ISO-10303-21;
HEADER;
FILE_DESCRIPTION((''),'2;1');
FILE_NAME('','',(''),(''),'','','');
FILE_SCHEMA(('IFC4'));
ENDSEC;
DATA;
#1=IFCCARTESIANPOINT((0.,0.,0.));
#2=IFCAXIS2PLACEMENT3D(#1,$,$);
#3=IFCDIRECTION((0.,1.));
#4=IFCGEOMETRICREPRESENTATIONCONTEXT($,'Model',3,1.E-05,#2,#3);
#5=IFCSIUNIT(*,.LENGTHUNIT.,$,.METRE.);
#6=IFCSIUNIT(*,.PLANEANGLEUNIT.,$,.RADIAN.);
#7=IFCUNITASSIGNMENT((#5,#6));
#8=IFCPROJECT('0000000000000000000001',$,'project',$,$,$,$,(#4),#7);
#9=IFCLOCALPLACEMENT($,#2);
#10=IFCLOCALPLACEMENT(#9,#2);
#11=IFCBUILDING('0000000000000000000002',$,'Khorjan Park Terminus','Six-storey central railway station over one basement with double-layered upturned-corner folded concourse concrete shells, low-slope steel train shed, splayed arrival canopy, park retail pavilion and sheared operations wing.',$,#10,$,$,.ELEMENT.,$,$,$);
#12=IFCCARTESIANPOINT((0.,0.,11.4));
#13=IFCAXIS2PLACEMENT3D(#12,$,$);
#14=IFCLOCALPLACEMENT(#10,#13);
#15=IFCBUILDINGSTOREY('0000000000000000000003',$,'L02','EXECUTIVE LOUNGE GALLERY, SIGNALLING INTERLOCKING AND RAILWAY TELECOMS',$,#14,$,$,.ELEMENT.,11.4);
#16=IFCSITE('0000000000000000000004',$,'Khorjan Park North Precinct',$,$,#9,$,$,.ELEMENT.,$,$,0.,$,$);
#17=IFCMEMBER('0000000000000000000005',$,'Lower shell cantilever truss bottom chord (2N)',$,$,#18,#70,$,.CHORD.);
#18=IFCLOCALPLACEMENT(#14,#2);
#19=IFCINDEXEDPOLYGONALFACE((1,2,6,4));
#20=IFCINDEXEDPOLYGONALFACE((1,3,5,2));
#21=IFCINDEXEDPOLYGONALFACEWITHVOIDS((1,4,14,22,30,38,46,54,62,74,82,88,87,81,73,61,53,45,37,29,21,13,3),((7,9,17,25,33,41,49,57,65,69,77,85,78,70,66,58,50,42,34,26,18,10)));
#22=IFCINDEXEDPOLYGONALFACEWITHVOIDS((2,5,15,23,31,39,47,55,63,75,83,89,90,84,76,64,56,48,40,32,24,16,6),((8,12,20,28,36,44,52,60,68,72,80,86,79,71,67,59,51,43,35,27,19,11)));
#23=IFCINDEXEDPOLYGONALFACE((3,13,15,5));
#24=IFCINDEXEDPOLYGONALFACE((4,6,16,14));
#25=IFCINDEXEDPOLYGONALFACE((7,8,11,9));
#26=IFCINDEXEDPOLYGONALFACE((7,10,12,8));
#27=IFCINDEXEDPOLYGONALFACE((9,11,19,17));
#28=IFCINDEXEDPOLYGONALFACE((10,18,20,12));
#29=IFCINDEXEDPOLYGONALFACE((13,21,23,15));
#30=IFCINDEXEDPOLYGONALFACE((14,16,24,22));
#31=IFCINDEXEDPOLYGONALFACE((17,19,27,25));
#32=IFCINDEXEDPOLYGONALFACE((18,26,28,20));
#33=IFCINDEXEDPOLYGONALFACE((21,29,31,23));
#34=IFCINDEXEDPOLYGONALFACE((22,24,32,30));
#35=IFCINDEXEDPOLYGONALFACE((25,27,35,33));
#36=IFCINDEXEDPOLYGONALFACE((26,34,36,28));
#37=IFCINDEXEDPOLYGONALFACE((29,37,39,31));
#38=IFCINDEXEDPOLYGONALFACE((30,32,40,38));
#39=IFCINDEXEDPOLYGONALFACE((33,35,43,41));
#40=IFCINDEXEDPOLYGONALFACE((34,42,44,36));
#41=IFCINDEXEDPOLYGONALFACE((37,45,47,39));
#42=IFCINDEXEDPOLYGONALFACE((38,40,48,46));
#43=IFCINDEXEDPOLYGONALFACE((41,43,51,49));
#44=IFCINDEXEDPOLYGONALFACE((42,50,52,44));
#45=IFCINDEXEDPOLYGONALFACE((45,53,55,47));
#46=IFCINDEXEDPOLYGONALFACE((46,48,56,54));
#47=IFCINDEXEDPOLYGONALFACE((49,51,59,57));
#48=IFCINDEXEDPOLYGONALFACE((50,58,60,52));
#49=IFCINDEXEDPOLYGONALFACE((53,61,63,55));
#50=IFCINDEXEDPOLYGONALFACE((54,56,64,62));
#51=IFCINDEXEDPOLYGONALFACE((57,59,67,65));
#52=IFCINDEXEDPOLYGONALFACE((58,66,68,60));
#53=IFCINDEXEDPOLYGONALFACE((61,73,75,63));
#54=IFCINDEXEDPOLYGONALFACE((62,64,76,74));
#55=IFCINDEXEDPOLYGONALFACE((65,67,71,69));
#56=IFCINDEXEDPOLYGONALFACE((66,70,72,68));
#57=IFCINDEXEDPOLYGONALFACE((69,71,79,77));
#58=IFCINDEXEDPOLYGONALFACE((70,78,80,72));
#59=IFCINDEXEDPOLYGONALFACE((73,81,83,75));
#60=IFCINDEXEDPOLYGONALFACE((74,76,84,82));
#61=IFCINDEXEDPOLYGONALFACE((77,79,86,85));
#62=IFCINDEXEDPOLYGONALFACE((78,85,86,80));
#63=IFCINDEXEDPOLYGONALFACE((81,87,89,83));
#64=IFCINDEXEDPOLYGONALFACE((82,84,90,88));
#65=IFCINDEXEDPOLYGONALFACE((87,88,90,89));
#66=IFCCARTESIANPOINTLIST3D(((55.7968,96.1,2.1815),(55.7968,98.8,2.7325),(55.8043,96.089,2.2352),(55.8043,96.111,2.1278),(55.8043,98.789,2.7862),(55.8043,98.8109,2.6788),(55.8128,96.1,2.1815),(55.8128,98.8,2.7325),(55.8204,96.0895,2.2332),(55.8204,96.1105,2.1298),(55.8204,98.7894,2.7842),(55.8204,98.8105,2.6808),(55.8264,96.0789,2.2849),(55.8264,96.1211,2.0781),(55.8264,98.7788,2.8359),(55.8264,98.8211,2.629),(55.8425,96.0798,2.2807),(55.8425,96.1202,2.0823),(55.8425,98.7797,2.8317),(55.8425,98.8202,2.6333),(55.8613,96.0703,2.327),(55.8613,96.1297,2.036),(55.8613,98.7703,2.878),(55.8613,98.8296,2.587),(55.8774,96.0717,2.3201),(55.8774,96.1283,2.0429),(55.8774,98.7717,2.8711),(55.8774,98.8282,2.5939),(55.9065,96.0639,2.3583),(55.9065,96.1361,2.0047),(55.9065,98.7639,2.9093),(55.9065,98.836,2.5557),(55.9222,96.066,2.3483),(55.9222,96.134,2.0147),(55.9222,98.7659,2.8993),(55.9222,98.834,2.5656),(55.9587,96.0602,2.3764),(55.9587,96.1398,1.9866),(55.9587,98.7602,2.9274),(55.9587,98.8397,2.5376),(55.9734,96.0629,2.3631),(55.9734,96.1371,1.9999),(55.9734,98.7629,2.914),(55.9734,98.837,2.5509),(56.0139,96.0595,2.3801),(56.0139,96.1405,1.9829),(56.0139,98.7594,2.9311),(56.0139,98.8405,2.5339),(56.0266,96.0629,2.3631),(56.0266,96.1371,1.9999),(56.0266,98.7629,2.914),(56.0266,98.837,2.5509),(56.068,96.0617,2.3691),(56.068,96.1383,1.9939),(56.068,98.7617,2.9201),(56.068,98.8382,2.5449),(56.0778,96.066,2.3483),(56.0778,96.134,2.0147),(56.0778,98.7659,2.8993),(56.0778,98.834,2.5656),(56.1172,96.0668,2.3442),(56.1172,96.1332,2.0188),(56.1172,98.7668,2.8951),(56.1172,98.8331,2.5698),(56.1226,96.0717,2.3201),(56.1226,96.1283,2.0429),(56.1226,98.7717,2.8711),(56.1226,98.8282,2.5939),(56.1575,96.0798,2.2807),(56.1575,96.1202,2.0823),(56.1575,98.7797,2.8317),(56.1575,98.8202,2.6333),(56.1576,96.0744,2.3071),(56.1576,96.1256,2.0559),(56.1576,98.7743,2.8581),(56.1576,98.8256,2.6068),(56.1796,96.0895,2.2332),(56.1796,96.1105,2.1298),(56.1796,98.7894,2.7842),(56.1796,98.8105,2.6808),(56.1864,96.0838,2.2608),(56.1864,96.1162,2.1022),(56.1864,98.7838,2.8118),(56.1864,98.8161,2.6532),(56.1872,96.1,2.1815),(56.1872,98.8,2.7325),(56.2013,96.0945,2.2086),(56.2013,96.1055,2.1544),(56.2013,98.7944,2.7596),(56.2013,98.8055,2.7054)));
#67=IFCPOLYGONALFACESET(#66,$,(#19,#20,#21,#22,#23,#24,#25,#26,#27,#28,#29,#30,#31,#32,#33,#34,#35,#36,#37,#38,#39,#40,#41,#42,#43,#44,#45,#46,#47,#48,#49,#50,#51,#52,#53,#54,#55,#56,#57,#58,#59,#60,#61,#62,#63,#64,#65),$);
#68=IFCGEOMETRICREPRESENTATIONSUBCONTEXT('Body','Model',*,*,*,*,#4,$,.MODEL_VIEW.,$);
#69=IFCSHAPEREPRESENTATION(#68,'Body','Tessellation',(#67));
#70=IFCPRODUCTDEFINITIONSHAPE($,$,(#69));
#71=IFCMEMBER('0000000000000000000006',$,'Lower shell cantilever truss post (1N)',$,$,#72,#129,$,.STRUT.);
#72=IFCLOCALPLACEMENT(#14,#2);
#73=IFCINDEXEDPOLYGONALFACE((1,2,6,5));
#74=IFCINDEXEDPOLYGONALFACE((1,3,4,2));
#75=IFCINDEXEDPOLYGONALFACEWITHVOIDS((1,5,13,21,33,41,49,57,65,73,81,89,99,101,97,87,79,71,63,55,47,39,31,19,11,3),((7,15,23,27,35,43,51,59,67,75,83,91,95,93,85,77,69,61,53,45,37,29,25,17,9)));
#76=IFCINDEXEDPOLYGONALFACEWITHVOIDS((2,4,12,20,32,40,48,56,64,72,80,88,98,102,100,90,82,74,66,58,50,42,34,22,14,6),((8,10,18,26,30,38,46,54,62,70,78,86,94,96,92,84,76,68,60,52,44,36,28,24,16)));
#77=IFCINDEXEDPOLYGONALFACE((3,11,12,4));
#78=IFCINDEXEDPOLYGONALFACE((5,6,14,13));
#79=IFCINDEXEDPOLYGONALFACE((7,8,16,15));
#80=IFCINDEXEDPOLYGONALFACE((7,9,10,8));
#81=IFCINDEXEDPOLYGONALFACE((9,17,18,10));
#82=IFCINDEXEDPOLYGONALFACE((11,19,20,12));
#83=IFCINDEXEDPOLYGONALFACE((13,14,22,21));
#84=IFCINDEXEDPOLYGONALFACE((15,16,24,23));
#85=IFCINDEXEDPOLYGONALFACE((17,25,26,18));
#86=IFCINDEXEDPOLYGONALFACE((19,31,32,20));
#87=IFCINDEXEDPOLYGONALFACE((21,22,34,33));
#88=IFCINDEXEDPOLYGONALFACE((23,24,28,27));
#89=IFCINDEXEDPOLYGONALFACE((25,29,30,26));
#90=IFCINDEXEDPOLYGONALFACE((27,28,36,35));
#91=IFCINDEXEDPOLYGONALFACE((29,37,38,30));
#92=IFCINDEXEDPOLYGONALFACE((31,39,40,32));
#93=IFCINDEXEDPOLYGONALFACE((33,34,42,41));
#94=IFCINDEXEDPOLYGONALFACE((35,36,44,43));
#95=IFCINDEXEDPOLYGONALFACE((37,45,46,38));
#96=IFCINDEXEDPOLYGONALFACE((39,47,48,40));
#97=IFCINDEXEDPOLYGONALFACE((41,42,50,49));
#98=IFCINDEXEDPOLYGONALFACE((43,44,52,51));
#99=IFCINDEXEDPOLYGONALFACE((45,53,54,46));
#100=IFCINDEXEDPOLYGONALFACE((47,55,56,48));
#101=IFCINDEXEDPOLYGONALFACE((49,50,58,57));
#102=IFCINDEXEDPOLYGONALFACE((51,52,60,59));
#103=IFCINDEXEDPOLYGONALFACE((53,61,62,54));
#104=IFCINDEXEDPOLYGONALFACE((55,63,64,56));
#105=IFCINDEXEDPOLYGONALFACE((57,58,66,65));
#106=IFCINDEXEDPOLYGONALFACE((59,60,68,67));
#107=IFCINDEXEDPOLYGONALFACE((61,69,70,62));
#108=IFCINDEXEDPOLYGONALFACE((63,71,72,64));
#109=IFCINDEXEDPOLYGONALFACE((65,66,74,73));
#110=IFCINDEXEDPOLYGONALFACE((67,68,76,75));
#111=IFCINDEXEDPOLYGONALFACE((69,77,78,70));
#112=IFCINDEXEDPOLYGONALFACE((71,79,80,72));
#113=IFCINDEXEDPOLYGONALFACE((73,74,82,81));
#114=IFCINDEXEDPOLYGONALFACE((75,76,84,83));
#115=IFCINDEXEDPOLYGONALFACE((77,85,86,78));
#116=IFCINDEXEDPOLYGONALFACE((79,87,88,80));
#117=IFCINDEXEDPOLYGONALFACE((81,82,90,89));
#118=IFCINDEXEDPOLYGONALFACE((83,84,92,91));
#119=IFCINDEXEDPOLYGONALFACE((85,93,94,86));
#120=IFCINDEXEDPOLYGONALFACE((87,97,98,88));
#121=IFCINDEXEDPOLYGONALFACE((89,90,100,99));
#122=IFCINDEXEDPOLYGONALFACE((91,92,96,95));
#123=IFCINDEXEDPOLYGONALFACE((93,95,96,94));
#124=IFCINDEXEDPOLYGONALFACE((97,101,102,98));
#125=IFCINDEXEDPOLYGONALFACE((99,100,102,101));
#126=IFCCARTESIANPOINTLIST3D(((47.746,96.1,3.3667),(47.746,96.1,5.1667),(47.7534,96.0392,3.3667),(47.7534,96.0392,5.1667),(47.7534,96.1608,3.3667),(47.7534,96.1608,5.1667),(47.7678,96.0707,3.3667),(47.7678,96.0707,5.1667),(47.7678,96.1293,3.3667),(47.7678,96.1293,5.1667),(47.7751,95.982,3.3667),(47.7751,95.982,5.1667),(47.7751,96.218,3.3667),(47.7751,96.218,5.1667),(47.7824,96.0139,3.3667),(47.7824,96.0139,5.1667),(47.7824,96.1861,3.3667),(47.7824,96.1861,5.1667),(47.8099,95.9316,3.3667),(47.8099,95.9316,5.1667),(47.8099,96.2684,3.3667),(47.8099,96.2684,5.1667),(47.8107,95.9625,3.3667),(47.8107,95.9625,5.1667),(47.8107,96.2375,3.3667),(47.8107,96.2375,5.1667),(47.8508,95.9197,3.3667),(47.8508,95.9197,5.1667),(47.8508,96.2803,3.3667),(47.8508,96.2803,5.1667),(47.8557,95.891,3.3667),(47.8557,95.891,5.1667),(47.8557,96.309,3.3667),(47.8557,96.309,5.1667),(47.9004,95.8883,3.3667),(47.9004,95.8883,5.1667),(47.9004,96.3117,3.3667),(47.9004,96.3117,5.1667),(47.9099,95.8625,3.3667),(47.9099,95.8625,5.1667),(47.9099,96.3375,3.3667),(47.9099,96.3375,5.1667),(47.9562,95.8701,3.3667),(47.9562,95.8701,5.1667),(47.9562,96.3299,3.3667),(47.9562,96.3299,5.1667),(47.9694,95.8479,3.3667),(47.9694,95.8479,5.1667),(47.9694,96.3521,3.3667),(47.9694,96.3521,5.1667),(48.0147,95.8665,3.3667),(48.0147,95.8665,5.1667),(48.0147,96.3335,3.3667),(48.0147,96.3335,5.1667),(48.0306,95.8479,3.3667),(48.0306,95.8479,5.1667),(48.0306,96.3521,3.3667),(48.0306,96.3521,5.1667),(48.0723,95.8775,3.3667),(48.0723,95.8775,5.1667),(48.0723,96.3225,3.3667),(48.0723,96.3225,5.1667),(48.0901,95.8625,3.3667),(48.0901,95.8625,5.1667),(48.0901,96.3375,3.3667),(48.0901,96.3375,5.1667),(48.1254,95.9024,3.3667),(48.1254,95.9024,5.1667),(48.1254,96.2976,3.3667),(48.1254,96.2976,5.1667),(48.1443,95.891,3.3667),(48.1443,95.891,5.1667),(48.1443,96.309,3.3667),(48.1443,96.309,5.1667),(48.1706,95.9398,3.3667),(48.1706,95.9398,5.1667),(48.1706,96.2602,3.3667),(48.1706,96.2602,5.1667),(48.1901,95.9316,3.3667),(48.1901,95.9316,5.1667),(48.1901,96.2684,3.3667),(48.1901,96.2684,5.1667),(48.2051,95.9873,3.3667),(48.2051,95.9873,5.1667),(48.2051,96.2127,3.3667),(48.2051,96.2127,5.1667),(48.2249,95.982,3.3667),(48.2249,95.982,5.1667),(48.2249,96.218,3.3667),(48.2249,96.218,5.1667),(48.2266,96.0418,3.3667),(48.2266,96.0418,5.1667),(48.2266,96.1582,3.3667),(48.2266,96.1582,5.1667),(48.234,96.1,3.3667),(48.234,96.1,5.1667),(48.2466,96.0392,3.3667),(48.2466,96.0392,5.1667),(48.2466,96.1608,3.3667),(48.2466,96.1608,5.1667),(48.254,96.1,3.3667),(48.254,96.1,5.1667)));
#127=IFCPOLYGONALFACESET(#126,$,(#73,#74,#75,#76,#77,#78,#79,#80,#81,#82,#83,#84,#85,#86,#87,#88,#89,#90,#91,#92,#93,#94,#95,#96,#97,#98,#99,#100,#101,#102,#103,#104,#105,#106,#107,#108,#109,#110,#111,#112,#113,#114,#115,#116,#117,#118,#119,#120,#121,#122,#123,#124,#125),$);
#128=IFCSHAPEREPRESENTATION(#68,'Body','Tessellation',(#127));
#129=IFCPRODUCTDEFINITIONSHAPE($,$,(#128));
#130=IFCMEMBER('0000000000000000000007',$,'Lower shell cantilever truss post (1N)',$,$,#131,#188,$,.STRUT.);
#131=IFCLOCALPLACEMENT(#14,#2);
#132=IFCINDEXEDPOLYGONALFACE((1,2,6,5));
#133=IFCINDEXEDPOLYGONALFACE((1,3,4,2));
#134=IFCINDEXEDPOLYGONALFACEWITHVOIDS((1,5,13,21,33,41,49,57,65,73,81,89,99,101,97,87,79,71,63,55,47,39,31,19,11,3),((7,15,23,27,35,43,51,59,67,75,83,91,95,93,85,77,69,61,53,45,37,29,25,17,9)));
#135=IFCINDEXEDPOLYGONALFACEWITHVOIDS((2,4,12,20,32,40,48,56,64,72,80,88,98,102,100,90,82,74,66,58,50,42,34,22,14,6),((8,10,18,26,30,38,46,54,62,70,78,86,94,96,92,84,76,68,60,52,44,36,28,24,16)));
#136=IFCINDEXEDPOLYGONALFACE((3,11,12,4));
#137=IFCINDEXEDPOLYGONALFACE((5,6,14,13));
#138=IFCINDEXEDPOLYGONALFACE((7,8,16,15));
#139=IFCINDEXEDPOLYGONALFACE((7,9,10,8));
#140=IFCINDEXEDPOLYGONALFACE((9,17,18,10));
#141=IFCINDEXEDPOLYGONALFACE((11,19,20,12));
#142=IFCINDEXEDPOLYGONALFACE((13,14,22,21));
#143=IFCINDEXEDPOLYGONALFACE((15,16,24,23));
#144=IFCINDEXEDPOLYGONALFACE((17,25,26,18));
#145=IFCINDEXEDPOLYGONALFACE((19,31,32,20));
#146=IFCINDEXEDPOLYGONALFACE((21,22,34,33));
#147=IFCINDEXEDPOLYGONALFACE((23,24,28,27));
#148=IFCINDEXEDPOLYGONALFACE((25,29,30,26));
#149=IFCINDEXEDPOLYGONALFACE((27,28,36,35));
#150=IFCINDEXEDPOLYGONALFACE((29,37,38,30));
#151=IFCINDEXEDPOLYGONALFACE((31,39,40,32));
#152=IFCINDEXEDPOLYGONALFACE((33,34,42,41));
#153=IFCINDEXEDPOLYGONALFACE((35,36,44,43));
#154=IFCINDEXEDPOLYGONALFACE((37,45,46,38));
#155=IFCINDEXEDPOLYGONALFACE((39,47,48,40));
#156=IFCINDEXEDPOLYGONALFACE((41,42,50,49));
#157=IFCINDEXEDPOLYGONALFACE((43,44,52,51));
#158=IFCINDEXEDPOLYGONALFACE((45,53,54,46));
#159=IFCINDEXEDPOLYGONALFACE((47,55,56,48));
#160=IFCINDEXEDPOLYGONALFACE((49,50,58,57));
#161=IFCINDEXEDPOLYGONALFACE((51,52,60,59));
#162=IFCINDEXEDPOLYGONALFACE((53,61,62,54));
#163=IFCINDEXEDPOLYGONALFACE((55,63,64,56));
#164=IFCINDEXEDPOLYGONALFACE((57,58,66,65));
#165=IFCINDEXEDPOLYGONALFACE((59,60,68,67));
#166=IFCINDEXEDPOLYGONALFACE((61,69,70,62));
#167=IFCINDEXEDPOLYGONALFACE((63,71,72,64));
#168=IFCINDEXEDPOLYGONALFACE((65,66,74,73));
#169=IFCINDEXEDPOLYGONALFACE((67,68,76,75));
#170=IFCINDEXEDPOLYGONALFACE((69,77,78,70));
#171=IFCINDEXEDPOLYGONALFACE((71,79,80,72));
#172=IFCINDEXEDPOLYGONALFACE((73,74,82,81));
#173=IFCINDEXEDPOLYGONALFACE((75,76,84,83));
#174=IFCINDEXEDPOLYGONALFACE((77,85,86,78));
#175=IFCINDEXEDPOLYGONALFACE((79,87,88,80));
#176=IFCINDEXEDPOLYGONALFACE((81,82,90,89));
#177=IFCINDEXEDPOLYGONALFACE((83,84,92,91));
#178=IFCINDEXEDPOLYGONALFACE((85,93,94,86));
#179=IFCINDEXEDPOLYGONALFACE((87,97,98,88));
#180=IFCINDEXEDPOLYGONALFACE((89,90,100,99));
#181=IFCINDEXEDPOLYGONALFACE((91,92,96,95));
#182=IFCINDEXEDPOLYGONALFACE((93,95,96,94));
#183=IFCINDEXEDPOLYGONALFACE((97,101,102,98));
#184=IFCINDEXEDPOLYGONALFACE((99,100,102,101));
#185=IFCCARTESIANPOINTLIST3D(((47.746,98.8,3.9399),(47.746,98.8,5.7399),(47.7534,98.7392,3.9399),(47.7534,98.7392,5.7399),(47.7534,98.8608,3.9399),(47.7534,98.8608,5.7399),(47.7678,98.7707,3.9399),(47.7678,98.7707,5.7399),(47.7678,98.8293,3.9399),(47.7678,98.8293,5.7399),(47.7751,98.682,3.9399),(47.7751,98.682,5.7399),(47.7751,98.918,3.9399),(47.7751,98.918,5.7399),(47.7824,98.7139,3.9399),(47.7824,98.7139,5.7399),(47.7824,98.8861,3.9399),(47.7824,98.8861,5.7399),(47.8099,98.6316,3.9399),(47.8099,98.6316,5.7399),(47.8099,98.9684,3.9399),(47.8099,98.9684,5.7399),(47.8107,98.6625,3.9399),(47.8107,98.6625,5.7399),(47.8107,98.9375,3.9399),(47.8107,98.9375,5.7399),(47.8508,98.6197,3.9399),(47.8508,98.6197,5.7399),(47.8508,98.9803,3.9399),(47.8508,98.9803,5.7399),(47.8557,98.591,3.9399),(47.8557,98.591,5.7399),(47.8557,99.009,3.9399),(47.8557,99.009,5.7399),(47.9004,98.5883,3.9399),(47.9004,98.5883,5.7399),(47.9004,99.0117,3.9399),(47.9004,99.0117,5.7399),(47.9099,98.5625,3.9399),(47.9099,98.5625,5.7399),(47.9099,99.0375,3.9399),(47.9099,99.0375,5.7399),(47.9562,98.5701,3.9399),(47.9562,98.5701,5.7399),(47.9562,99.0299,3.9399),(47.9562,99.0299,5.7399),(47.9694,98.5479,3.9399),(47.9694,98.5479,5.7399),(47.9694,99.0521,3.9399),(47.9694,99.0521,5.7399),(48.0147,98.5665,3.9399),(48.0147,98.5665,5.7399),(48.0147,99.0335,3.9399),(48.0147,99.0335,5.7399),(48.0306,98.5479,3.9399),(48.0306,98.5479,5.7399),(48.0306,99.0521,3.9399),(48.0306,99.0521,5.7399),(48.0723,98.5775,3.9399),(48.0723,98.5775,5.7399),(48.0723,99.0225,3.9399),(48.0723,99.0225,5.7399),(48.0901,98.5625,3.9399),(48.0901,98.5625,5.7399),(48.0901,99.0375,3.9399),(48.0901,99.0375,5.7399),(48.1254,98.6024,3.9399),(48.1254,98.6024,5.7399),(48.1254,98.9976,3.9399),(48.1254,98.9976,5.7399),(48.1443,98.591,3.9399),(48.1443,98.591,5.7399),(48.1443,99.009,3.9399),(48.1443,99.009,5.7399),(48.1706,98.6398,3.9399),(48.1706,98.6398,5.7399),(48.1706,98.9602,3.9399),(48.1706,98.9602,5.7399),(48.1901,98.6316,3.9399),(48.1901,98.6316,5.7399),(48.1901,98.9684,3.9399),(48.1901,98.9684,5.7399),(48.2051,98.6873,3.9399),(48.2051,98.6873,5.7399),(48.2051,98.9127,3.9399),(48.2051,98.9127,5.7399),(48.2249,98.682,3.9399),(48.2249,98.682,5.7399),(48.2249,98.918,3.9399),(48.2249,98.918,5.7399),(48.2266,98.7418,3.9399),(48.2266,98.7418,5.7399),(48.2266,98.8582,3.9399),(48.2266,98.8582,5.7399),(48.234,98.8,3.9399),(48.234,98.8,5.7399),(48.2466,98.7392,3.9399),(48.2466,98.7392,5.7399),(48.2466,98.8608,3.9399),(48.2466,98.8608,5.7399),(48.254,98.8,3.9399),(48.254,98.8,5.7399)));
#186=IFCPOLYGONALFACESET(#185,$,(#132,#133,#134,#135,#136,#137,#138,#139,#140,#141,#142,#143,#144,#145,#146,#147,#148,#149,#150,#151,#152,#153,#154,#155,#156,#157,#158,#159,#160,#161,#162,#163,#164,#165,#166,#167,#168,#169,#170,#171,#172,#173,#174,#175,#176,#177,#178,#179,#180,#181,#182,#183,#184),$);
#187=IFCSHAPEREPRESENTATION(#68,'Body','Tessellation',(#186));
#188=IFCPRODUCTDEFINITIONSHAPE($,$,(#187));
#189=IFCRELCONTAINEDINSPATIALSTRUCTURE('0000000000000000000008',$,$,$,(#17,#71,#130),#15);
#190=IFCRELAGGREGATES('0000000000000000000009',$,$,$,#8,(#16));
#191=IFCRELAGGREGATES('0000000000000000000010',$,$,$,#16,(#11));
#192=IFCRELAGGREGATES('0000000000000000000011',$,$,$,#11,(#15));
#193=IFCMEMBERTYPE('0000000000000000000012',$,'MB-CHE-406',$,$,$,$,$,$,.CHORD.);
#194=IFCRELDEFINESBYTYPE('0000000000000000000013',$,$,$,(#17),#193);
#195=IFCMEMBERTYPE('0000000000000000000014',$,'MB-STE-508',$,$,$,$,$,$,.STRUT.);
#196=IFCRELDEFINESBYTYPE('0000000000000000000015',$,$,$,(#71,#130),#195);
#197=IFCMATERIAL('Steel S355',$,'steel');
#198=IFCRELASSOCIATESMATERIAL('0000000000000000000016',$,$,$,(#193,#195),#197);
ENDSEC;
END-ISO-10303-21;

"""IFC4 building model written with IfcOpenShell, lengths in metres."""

from ifc_helpers import new_model, si_unit, direction, frame, origin, origin_2d, place, context, subcontext, project, spatial, hollow_circle, extrude, material, material_profile, profile_set, type_object, element, save


model = new_model("IFC4")

# Units and contexts
model_context = context("Model", 3, precision=1e-05, world=origin(), true_north=direction((0.0, 1.0)))
body_context = subcontext(model_context, "Body", "Model", "MODEL_VIEW")
ifc_project = project(units=[si_unit("LENGTHUNIT", "METRE"), si_unit("PLANEANGLEUNIT", "RADIAN")], contexts=[model_context])

# Site, building, storey
site_placement = place(None, origin())
site = spatial("IfcSite", under=ifc_project, at=site_placement, Name="Khorjan Park North Precinct", CompositionType="ELEMENT", RefElevation=0.0)
building_placement = place(site_placement, origin())
building = spatial("IfcBuilding", under=site, at=building_placement, Name="Khorjan Park Terminus", Description="Six-storey central railway station over one basement with double-layered upturned-corner folded concourse concrete shells, low-slope steel train shed, splayed arrival canopy, park retail pavilion and sheared operations wing.", CompositionType="ELEMENT")
storey_placement = place(building_placement, frame((0.0, 0.0, 11.4)))
storey = spatial("IfcBuildingStorey", under=building, at=storey_placement, Name="L02", Description="EXECUTIVE LOUNGE GALLERY, SIGNALLING INTERLOCKING AND RAILWAY TELECOMS", CompositionType="ELEMENT", Elevation=11.4)

# Shared definitions
ifc_material = material(Name="Steel S355", Category="steel")

# Members
ifc_material_profile_1 = material_profile(ifc_material, hollow_circle(Radius=0.2032, WallThickness=0.016, at=origin_2d()), Name="CHS 406.4x16")
ifc_profile_set_1 = profile_set([ifc_material_profile_1], Name="Steel S355")
member_type_1 = type_object("IfcMemberType", Name="MB-CHE-406", PredefinedType="CHORD", material=ifc_profile_set_1)
for number, where, z_axis, x_axis, name in (
    (1, (56.0, 96.1, 2.1815), (0.0, 0.979806, 0.199953), (-1.0, 0.0, 0.0), "Lower shell cantilever truss bottom chord (2N)"),
):
    element("IfcMember", number, at=place(storey_placement, frame(where, z_axis=z_axis, x_axis=x_axis)), inside=storey, type_object=member_type_1, Name=name, PredefinedType="CHORD", context=body_context, shape_type="SweptSolid", body=[
        extrude(hollow_circle(Radius=0.2032, WallThickness=0.016, at=origin_2d()), origin(), (0.0, 0.0, 1.0), 2.7556),
    ])
ifc_material_profile_2 = material_profile(ifc_material, hollow_circle(Radius=0.254, WallThickness=0.02, at=origin_2d()), Name="CHS 508x20")
ifc_profile_set_2 = profile_set([ifc_material_profile_2], Name="Steel S355")
member_type_2 = type_object("IfcMemberType", Name="MB-STE-508", PredefinedType="STRUT", material=ifc_profile_set_2)
for number, where, z_axis, x_axis, name in (
    (2, (48.0, 96.1, 3.3667), (0.0, 0.0, 1.0), (1.0, 0.0, 0.0), "Lower shell cantilever truss post (1N)"),
    (3, (48.0, 98.8, 3.9399), (0.0, 0.0, 1.0), (1.0, 0.0, 0.0), "Lower shell cantilever truss post (1N)"),
):
    element("IfcMember", number, at=place(storey_placement, frame(where, z_axis=z_axis, x_axis=x_axis)), inside=storey, type_object=member_type_2, Name=name, PredefinedType="STRUT", context=body_context, shape_type="SweptSolid", body=[
        extrude(hollow_circle(Radius=0.254, WallThickness=0.02, at=origin_2d()), origin(), (0.0, 0.0, 1.0), 1.8),
    ])

save(model, "model.ifc")
